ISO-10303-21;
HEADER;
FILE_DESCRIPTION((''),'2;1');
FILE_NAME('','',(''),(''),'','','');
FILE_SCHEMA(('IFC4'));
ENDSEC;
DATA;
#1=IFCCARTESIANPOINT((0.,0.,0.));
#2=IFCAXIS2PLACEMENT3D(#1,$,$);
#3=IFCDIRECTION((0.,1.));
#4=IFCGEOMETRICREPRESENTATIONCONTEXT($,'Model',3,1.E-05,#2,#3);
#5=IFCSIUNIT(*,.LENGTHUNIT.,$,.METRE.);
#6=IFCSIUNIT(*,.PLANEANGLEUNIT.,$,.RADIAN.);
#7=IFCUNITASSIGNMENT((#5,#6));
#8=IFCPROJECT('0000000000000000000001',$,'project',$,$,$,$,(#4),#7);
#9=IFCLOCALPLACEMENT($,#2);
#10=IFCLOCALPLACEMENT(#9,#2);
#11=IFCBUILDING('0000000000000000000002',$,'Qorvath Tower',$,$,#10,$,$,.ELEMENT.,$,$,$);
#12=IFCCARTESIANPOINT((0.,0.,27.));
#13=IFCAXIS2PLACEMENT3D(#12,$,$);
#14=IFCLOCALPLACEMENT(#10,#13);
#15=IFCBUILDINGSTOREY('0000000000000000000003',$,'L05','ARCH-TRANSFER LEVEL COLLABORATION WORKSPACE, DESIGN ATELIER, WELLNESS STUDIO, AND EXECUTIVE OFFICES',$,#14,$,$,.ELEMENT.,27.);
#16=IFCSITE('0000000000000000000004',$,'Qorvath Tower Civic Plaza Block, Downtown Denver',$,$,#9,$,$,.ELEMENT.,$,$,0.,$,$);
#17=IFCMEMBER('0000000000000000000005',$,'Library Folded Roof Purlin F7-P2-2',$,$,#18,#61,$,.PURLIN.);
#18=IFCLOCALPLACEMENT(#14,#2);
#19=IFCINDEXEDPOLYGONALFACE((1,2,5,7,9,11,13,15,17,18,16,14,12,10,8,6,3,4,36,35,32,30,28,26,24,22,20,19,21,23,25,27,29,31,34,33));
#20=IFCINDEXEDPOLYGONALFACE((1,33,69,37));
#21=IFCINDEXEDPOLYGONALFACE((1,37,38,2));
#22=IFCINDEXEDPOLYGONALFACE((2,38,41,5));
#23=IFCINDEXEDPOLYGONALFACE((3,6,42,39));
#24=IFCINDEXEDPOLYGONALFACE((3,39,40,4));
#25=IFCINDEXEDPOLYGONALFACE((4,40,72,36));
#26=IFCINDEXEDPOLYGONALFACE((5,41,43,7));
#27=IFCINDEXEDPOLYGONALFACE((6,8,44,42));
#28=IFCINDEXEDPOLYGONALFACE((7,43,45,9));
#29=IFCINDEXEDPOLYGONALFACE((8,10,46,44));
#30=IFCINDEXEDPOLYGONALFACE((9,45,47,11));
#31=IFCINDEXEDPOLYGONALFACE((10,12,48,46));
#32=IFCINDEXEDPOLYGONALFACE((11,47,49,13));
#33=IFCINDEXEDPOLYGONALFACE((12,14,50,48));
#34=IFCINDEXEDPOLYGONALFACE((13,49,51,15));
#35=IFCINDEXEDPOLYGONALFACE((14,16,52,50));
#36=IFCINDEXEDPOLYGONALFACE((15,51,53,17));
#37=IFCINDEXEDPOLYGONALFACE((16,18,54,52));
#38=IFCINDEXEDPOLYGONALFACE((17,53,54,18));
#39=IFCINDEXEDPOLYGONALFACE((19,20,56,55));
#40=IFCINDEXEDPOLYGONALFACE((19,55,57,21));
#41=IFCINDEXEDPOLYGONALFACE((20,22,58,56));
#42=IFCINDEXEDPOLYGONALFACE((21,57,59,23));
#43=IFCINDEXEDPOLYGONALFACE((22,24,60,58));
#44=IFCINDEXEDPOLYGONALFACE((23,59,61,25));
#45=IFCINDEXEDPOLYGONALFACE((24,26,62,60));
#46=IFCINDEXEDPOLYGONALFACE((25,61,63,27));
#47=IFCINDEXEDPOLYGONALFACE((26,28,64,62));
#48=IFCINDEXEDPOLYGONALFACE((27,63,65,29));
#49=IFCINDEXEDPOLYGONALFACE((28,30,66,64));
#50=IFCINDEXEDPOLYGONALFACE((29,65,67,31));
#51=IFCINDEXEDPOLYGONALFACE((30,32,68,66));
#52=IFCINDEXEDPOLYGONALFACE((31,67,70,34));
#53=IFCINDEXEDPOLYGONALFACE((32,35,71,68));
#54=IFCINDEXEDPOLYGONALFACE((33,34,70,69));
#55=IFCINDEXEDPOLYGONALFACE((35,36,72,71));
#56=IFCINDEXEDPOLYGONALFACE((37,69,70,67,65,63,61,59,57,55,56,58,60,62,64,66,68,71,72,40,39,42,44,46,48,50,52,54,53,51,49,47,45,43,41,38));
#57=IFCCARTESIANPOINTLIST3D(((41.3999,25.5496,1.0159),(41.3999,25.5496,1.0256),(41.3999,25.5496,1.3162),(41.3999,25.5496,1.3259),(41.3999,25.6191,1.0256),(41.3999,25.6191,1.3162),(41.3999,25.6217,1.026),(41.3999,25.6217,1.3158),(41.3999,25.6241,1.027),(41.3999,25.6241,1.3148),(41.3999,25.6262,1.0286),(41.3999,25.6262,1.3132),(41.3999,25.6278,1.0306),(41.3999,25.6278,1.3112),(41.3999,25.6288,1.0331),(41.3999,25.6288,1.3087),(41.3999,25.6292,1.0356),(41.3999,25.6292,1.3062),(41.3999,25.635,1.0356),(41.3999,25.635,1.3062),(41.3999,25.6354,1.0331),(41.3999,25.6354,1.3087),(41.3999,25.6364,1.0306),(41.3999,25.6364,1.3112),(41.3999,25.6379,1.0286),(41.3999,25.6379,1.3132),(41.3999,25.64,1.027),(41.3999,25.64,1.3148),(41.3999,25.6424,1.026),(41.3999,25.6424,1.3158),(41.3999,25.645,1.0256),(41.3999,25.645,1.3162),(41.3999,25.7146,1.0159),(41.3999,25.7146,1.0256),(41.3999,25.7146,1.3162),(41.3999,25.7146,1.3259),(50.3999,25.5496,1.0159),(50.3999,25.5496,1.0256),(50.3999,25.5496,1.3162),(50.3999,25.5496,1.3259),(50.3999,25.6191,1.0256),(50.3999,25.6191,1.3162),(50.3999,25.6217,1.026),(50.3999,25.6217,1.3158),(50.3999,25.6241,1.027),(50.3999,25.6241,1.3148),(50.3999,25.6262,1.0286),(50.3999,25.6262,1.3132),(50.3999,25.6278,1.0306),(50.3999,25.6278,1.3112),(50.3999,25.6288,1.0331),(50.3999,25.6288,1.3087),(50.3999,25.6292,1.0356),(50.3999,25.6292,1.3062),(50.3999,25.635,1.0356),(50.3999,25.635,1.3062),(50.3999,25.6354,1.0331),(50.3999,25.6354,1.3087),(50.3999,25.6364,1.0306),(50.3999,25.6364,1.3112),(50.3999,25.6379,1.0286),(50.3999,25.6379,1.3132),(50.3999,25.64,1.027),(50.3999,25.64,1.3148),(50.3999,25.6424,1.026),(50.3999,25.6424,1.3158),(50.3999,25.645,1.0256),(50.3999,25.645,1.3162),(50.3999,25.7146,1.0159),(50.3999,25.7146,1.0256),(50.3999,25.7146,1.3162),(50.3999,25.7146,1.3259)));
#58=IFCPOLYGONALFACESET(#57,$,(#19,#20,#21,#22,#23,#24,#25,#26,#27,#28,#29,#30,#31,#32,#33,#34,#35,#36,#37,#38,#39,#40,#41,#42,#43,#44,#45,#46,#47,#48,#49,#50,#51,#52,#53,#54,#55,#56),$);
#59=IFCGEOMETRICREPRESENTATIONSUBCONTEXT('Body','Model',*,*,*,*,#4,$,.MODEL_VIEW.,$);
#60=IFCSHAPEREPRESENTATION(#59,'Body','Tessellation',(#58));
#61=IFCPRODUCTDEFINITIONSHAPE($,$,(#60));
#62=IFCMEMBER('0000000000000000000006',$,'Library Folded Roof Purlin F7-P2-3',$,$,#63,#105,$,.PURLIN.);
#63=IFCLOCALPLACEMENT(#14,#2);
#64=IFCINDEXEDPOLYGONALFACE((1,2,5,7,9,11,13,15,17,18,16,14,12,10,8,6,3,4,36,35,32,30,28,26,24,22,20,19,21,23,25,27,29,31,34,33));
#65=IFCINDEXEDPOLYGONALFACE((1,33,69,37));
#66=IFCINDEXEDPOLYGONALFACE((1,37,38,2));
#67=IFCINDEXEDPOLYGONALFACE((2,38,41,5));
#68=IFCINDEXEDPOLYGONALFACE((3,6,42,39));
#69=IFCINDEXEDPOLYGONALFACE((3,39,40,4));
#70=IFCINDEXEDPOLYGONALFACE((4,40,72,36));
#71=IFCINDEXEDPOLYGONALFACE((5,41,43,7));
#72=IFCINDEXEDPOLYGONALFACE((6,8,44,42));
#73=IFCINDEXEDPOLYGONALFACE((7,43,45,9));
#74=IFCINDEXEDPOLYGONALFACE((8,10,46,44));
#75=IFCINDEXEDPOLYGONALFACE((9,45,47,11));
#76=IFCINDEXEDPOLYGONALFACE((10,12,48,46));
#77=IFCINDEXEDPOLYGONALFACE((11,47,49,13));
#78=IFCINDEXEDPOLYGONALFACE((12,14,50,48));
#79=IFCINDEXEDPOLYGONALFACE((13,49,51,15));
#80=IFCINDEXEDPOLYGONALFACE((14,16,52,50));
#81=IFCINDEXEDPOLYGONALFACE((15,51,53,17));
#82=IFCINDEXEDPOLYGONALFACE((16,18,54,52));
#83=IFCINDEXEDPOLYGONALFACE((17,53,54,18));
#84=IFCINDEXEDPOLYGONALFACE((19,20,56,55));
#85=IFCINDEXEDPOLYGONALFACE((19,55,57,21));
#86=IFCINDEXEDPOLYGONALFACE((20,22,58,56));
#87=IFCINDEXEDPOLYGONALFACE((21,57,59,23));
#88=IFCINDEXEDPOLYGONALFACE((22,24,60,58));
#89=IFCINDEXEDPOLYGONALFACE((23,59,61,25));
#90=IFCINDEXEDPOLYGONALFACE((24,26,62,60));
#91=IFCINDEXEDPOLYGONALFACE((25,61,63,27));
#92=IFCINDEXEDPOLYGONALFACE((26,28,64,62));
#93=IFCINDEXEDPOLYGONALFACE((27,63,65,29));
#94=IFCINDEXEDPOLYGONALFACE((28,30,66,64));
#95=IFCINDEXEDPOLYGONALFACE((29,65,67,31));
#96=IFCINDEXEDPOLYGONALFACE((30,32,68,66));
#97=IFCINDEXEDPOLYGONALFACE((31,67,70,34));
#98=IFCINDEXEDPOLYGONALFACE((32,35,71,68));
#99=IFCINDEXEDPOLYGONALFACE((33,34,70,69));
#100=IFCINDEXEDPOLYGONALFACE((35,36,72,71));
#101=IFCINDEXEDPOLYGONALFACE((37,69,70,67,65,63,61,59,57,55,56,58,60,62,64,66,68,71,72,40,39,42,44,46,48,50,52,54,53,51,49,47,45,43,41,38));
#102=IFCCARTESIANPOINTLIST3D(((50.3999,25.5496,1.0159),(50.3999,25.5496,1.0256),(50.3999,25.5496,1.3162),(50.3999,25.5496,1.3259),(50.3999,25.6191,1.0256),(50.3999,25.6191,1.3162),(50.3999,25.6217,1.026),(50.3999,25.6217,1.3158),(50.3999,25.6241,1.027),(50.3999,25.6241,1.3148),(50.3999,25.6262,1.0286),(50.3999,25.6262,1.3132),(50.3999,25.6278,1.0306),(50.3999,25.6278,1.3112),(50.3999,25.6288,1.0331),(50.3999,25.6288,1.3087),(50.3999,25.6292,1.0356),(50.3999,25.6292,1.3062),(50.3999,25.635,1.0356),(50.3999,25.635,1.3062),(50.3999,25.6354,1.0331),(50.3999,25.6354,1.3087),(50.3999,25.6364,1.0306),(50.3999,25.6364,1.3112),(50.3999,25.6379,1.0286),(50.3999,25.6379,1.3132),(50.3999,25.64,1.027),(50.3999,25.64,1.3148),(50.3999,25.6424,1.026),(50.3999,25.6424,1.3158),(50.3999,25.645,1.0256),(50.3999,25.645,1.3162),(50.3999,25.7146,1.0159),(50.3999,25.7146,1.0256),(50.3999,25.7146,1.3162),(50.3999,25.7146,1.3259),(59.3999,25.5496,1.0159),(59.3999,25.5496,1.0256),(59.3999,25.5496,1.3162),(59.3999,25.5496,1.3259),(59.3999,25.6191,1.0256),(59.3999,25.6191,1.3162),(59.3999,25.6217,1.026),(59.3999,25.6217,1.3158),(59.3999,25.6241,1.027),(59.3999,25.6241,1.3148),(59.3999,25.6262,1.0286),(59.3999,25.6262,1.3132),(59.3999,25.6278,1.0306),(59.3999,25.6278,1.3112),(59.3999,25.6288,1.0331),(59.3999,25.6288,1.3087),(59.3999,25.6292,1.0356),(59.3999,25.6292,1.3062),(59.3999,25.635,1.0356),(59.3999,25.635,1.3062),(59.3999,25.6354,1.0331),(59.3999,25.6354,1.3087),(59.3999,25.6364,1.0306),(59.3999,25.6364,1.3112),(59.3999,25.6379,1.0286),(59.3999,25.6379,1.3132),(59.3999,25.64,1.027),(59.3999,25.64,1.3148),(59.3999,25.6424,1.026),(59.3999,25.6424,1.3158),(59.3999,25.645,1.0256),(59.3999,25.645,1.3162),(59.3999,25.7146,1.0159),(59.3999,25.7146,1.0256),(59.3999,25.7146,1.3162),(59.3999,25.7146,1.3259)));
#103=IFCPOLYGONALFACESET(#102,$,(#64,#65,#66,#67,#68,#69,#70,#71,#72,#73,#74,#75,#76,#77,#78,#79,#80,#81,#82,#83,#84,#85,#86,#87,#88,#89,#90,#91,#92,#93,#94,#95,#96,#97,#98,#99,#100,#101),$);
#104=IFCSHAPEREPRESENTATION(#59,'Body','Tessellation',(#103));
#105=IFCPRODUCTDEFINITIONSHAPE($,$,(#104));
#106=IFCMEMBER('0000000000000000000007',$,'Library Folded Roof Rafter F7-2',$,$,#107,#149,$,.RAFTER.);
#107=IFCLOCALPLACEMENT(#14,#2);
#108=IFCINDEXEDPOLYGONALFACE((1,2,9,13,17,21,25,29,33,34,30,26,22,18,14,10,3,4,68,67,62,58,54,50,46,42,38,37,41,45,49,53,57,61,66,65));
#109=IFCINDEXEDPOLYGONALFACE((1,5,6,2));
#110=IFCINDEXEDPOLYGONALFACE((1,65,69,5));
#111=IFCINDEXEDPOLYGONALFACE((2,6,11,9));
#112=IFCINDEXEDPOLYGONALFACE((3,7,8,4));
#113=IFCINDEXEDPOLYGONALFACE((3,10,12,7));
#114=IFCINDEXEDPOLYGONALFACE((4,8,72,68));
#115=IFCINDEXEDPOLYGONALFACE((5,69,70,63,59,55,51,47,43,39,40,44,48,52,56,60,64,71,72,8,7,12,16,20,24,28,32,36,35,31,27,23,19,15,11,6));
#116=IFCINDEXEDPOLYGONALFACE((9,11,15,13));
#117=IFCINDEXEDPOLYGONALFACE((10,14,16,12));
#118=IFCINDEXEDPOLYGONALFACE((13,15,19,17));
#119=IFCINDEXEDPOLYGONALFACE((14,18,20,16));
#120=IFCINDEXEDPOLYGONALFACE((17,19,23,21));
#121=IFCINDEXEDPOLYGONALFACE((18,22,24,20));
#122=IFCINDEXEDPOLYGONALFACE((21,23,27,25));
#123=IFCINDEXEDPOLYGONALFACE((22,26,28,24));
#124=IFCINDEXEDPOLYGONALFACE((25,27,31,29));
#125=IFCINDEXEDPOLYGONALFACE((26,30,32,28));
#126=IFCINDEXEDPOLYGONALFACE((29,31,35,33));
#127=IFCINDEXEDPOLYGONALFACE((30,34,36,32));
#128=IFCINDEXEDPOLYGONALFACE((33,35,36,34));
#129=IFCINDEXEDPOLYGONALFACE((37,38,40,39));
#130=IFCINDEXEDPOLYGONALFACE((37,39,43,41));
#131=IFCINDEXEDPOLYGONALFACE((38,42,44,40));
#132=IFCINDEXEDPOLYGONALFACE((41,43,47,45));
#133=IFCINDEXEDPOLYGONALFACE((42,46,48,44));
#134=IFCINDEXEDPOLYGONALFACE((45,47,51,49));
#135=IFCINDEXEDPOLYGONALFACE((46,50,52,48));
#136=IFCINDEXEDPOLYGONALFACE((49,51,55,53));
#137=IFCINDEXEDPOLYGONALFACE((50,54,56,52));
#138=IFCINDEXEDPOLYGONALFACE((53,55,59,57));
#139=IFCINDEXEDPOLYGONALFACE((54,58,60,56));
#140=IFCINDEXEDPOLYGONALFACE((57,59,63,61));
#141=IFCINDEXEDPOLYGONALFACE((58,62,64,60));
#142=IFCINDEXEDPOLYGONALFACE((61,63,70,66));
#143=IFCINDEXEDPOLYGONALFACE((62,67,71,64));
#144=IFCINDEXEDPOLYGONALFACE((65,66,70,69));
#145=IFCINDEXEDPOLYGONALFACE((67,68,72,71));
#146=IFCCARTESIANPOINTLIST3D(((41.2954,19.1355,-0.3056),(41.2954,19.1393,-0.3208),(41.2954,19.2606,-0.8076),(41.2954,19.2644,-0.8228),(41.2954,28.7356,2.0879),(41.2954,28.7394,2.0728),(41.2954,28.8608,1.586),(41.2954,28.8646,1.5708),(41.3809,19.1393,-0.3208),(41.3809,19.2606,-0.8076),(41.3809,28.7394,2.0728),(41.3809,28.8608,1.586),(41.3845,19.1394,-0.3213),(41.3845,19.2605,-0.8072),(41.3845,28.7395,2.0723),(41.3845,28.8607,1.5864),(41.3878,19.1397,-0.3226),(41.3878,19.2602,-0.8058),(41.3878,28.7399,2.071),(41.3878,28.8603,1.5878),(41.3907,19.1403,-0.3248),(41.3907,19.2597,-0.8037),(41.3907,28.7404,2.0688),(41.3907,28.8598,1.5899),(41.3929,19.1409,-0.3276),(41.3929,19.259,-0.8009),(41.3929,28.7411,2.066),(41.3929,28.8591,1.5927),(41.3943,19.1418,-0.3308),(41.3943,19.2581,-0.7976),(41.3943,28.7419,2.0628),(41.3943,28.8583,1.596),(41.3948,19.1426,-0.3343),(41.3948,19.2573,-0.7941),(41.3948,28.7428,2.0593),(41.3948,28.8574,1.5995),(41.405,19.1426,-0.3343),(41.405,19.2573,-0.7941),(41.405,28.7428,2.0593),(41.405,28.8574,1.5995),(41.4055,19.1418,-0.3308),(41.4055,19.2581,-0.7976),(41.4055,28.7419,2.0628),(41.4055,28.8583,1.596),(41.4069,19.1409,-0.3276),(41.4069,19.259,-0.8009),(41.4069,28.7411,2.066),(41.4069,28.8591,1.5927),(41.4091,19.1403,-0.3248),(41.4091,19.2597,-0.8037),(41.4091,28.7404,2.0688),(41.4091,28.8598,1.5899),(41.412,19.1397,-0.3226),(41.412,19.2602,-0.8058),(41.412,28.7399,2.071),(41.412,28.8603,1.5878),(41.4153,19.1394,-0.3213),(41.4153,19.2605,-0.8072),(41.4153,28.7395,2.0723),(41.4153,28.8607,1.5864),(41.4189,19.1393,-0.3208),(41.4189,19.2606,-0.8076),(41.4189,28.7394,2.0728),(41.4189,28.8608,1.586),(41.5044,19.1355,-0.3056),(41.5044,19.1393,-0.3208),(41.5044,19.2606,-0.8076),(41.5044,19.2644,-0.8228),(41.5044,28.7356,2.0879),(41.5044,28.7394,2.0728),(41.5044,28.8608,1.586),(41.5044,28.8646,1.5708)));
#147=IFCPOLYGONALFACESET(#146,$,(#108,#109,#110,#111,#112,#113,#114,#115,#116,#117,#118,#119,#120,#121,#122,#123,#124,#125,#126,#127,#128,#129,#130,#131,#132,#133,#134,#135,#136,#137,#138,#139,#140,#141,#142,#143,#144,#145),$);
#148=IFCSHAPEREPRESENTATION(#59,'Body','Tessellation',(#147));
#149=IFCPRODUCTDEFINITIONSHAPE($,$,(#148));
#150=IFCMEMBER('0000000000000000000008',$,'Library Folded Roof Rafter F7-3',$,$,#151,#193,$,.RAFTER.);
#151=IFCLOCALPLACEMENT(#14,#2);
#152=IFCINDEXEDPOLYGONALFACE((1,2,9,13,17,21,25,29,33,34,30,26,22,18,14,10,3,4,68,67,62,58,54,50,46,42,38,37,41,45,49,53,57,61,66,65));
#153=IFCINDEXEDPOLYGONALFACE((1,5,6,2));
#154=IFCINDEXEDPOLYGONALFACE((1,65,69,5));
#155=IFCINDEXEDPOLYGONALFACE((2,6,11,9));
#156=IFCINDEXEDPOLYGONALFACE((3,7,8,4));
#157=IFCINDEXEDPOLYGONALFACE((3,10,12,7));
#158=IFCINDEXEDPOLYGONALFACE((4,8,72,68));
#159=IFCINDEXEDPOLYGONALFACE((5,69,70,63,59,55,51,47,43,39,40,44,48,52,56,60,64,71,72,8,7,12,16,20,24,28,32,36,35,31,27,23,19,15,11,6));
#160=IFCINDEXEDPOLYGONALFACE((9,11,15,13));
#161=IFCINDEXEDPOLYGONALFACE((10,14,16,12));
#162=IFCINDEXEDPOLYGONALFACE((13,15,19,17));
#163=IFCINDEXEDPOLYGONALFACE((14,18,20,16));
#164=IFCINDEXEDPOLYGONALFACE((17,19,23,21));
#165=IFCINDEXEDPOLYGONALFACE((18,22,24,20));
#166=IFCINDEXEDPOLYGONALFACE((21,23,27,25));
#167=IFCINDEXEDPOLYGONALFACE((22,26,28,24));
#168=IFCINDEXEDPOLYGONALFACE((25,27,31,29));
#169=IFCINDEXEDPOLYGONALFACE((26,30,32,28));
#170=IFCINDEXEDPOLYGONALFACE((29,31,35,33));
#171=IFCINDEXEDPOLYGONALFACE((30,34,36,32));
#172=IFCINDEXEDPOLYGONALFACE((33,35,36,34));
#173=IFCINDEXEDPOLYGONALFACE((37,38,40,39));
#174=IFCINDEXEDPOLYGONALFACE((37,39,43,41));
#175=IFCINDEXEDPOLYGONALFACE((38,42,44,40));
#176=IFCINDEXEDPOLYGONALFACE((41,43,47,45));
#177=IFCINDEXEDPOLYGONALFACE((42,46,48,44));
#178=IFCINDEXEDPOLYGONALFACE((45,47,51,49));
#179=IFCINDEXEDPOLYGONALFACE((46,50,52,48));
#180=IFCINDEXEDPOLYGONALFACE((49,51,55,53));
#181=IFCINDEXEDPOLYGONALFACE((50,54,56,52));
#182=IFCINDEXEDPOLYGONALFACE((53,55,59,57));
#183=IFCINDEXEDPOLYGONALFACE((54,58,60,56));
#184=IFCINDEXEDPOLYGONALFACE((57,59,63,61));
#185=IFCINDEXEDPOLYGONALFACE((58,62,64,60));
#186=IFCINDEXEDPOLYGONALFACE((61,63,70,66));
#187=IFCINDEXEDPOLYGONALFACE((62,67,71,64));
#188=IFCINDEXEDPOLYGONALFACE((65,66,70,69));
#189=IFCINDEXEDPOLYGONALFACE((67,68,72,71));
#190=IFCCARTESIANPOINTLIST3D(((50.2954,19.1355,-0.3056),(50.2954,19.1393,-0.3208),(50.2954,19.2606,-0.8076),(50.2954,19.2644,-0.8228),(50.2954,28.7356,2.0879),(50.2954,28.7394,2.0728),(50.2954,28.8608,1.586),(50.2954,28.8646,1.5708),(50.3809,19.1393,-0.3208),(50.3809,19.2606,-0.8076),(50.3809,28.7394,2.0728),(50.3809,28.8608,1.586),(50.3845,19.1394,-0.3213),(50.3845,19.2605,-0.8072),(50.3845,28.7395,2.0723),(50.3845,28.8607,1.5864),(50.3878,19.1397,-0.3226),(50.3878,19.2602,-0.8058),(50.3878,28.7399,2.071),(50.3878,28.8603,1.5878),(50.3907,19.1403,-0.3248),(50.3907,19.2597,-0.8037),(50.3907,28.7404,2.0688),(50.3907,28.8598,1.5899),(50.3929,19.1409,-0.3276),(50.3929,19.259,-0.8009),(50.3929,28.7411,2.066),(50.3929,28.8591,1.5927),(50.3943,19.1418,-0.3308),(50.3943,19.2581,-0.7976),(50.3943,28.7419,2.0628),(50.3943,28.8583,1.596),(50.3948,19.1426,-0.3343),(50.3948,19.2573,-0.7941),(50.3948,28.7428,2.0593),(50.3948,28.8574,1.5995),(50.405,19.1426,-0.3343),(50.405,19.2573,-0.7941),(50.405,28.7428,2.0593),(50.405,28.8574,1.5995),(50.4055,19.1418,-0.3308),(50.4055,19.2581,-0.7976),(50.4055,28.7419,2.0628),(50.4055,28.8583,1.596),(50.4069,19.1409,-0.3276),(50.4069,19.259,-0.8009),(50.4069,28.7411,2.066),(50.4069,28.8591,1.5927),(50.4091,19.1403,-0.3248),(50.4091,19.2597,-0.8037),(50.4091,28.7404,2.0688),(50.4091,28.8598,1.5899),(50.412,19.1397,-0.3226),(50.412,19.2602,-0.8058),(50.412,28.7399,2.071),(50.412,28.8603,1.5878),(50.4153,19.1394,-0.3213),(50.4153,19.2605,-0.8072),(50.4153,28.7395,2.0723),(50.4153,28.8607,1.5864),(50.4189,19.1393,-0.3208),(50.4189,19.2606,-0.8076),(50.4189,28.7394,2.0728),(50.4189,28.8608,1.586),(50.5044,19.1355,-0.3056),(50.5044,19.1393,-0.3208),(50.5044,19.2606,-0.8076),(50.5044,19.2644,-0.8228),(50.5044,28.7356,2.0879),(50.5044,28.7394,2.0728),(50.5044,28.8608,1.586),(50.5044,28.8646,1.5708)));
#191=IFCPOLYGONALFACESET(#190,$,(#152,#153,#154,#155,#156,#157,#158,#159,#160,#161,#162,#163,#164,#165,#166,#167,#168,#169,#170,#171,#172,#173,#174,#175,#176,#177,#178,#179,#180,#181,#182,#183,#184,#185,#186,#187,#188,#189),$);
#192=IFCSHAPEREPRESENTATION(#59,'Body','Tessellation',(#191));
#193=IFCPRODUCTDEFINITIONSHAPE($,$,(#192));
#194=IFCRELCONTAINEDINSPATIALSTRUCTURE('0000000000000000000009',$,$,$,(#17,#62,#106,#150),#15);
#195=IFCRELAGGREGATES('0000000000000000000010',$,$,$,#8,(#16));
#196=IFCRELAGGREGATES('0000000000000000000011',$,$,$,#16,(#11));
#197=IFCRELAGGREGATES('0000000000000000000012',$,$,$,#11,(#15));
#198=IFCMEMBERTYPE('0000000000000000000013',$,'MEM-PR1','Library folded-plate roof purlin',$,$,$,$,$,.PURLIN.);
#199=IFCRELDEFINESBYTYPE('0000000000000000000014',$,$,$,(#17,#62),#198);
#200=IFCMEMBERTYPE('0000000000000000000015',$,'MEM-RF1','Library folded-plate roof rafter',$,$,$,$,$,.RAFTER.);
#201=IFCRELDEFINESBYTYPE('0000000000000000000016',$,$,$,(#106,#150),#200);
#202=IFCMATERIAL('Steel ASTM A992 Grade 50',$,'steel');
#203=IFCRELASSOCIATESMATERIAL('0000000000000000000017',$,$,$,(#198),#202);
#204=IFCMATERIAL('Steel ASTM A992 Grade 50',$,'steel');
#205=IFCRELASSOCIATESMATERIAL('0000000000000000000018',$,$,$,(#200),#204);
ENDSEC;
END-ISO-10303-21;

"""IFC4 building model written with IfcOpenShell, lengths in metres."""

from ifc_helpers import new_model, si_unit, direction, frame, origin, origin_2d, place, context, subcontext, project, spatial, i_section, extrude, material, material_profile, profile_set, type_object, element, save


model = new_model("IFC4")

# Units and contexts
model_context = context("Model", 3, precision=1e-05, world=origin(), true_north=direction((0.0, 1.0)))
body_context = subcontext(model_context, "Body", "Model", "MODEL_VIEW")
ifc_project = project(units=[si_unit("LENGTHUNIT", "METRE"), si_unit("PLANEANGLEUNIT", "RADIAN")], contexts=[model_context])

# Site, building, storey
site_placement = place(None, origin())
site = spatial("IfcSite", under=ifc_project, at=site_placement, Name="Qorvath Tower Civic Plaza Block, Downtown Denver", CompositionType="ELEMENT", RefElevation=0.0)
building_placement = place(site_placement, origin())
building = spatial("IfcBuilding", under=site, at=building_placement, Name="Qorvath Tower", CompositionType="ELEMENT")
storey_placement = place(building_placement, frame((0.0, 0.0, 27.0)))
storey = spatial("IfcBuildingStorey", under=building, at=storey_placement, Name="L05", Description="ARCH-TRANSFER LEVEL COLLABORATION WORKSPACE, DESIGN ATELIER, WELLNESS STUDIO, AND EXECUTIVE OFFICES", CompositionType="ELEMENT", Elevation=27.0)

# Members
ifc_material_1 = material(Name="Steel ASTM A992 Grade 50", Category="steel")
ifc_material_profile_1 = material_profile(ifc_material_1, i_section(OverallWidth=0.165, OverallDepth=0.3101, WebThickness=0.0059, FlangeThickness=0.0098, FilletRadius=0.01, at=origin_2d()), Name="W12x26")
ifc_profile_set_1 = profile_set([ifc_material_profile_1], Name="Steel ASTM A992 Grade 50")
member_type_1 = type_object("IfcMemberType", Name="MEM-PR1", Description="Library folded-plate roof purlin", PredefinedType="PURLIN", material=ifc_profile_set_1)
for number, where, z_axis, x_axis, name in (
    (1, (41.3999, 25.6321, 1.1709), (1.0, 0.0, 0.0), (0.0, 1.0, 0.0), "Library Folded Roof Purlin F7-P2-2"),
    (2, (50.3999, 25.6321, 1.1709), (1.0, 0.0, 0.0), (0.0, 1.0, 0.0), "Library Folded Roof Purlin F7-P2-3"),
):
    element("IfcMember", number, at=place(storey_placement, frame(where, z_axis=z_axis, x_axis=x_axis)), inside=storey, type_object=member_type_1, Name=name, PredefinedType="PURLIN", context=body_context, shape_type="SweptSolid", body=[
        extrude(i_section(OverallWidth=0.165, OverallDepth=0.3101, WebThickness=0.0059, FlangeThickness=0.0098, FilletRadius=0.01, at=origin_2d()), origin(), (0.0, 0.0, 1.0), 9.0),
    ])
ifc_material_2 = material(Name="Steel ASTM A992 Grade 50", Category="steel")
ifc_material_profile_2 = material_profile(ifc_material_2, i_section(OverallWidth=0.209, OverallDepth=0.533, WebThickness=0.0103, FlangeThickness=0.0156, FilletRadius=0.0139, at=origin_2d()), Name="W21x62")
ifc_profile_set_2 = profile_set([ifc_material_profile_2], Name="Steel ASTM A992 Grade 50")
member_type_2 = type_object("IfcMemberType", Name="MEM-RF1", Description="Library folded-plate roof rafter", PredefinedType="RAFTER", material=ifc_profile_set_2)
for number, where, z_axis, x_axis, name in (
    (3, (41.3999, 19.2, -0.5642), (0.0, 0.970296, 0.24192), (-1.0, 0.0, 0.0), "Library Folded Roof Rafter F7-2"),
    (4, (50.3999, 19.2, -0.5642), (0.0, 0.970296, 0.24192), (-1.0, 0.0, 0.0), "Library Folded Roof Rafter F7-3"),
):
    element("IfcMember", number, at=place(storey_placement, frame(where, z_axis=z_axis, x_axis=x_axis)), inside=storey, type_object=member_type_2, Name=name, PredefinedType="RAFTER", context=body_context, shape_type="SweptSolid", body=[
        extrude(i_section(OverallWidth=0.209, OverallDepth=0.533, WebThickness=0.0103, FlangeThickness=0.0156, FilletRadius=0.0139, at=origin_2d()), origin(), (0.0, 0.0, 1.0), 9.894),
    ])

save(model, "model.ifc")
